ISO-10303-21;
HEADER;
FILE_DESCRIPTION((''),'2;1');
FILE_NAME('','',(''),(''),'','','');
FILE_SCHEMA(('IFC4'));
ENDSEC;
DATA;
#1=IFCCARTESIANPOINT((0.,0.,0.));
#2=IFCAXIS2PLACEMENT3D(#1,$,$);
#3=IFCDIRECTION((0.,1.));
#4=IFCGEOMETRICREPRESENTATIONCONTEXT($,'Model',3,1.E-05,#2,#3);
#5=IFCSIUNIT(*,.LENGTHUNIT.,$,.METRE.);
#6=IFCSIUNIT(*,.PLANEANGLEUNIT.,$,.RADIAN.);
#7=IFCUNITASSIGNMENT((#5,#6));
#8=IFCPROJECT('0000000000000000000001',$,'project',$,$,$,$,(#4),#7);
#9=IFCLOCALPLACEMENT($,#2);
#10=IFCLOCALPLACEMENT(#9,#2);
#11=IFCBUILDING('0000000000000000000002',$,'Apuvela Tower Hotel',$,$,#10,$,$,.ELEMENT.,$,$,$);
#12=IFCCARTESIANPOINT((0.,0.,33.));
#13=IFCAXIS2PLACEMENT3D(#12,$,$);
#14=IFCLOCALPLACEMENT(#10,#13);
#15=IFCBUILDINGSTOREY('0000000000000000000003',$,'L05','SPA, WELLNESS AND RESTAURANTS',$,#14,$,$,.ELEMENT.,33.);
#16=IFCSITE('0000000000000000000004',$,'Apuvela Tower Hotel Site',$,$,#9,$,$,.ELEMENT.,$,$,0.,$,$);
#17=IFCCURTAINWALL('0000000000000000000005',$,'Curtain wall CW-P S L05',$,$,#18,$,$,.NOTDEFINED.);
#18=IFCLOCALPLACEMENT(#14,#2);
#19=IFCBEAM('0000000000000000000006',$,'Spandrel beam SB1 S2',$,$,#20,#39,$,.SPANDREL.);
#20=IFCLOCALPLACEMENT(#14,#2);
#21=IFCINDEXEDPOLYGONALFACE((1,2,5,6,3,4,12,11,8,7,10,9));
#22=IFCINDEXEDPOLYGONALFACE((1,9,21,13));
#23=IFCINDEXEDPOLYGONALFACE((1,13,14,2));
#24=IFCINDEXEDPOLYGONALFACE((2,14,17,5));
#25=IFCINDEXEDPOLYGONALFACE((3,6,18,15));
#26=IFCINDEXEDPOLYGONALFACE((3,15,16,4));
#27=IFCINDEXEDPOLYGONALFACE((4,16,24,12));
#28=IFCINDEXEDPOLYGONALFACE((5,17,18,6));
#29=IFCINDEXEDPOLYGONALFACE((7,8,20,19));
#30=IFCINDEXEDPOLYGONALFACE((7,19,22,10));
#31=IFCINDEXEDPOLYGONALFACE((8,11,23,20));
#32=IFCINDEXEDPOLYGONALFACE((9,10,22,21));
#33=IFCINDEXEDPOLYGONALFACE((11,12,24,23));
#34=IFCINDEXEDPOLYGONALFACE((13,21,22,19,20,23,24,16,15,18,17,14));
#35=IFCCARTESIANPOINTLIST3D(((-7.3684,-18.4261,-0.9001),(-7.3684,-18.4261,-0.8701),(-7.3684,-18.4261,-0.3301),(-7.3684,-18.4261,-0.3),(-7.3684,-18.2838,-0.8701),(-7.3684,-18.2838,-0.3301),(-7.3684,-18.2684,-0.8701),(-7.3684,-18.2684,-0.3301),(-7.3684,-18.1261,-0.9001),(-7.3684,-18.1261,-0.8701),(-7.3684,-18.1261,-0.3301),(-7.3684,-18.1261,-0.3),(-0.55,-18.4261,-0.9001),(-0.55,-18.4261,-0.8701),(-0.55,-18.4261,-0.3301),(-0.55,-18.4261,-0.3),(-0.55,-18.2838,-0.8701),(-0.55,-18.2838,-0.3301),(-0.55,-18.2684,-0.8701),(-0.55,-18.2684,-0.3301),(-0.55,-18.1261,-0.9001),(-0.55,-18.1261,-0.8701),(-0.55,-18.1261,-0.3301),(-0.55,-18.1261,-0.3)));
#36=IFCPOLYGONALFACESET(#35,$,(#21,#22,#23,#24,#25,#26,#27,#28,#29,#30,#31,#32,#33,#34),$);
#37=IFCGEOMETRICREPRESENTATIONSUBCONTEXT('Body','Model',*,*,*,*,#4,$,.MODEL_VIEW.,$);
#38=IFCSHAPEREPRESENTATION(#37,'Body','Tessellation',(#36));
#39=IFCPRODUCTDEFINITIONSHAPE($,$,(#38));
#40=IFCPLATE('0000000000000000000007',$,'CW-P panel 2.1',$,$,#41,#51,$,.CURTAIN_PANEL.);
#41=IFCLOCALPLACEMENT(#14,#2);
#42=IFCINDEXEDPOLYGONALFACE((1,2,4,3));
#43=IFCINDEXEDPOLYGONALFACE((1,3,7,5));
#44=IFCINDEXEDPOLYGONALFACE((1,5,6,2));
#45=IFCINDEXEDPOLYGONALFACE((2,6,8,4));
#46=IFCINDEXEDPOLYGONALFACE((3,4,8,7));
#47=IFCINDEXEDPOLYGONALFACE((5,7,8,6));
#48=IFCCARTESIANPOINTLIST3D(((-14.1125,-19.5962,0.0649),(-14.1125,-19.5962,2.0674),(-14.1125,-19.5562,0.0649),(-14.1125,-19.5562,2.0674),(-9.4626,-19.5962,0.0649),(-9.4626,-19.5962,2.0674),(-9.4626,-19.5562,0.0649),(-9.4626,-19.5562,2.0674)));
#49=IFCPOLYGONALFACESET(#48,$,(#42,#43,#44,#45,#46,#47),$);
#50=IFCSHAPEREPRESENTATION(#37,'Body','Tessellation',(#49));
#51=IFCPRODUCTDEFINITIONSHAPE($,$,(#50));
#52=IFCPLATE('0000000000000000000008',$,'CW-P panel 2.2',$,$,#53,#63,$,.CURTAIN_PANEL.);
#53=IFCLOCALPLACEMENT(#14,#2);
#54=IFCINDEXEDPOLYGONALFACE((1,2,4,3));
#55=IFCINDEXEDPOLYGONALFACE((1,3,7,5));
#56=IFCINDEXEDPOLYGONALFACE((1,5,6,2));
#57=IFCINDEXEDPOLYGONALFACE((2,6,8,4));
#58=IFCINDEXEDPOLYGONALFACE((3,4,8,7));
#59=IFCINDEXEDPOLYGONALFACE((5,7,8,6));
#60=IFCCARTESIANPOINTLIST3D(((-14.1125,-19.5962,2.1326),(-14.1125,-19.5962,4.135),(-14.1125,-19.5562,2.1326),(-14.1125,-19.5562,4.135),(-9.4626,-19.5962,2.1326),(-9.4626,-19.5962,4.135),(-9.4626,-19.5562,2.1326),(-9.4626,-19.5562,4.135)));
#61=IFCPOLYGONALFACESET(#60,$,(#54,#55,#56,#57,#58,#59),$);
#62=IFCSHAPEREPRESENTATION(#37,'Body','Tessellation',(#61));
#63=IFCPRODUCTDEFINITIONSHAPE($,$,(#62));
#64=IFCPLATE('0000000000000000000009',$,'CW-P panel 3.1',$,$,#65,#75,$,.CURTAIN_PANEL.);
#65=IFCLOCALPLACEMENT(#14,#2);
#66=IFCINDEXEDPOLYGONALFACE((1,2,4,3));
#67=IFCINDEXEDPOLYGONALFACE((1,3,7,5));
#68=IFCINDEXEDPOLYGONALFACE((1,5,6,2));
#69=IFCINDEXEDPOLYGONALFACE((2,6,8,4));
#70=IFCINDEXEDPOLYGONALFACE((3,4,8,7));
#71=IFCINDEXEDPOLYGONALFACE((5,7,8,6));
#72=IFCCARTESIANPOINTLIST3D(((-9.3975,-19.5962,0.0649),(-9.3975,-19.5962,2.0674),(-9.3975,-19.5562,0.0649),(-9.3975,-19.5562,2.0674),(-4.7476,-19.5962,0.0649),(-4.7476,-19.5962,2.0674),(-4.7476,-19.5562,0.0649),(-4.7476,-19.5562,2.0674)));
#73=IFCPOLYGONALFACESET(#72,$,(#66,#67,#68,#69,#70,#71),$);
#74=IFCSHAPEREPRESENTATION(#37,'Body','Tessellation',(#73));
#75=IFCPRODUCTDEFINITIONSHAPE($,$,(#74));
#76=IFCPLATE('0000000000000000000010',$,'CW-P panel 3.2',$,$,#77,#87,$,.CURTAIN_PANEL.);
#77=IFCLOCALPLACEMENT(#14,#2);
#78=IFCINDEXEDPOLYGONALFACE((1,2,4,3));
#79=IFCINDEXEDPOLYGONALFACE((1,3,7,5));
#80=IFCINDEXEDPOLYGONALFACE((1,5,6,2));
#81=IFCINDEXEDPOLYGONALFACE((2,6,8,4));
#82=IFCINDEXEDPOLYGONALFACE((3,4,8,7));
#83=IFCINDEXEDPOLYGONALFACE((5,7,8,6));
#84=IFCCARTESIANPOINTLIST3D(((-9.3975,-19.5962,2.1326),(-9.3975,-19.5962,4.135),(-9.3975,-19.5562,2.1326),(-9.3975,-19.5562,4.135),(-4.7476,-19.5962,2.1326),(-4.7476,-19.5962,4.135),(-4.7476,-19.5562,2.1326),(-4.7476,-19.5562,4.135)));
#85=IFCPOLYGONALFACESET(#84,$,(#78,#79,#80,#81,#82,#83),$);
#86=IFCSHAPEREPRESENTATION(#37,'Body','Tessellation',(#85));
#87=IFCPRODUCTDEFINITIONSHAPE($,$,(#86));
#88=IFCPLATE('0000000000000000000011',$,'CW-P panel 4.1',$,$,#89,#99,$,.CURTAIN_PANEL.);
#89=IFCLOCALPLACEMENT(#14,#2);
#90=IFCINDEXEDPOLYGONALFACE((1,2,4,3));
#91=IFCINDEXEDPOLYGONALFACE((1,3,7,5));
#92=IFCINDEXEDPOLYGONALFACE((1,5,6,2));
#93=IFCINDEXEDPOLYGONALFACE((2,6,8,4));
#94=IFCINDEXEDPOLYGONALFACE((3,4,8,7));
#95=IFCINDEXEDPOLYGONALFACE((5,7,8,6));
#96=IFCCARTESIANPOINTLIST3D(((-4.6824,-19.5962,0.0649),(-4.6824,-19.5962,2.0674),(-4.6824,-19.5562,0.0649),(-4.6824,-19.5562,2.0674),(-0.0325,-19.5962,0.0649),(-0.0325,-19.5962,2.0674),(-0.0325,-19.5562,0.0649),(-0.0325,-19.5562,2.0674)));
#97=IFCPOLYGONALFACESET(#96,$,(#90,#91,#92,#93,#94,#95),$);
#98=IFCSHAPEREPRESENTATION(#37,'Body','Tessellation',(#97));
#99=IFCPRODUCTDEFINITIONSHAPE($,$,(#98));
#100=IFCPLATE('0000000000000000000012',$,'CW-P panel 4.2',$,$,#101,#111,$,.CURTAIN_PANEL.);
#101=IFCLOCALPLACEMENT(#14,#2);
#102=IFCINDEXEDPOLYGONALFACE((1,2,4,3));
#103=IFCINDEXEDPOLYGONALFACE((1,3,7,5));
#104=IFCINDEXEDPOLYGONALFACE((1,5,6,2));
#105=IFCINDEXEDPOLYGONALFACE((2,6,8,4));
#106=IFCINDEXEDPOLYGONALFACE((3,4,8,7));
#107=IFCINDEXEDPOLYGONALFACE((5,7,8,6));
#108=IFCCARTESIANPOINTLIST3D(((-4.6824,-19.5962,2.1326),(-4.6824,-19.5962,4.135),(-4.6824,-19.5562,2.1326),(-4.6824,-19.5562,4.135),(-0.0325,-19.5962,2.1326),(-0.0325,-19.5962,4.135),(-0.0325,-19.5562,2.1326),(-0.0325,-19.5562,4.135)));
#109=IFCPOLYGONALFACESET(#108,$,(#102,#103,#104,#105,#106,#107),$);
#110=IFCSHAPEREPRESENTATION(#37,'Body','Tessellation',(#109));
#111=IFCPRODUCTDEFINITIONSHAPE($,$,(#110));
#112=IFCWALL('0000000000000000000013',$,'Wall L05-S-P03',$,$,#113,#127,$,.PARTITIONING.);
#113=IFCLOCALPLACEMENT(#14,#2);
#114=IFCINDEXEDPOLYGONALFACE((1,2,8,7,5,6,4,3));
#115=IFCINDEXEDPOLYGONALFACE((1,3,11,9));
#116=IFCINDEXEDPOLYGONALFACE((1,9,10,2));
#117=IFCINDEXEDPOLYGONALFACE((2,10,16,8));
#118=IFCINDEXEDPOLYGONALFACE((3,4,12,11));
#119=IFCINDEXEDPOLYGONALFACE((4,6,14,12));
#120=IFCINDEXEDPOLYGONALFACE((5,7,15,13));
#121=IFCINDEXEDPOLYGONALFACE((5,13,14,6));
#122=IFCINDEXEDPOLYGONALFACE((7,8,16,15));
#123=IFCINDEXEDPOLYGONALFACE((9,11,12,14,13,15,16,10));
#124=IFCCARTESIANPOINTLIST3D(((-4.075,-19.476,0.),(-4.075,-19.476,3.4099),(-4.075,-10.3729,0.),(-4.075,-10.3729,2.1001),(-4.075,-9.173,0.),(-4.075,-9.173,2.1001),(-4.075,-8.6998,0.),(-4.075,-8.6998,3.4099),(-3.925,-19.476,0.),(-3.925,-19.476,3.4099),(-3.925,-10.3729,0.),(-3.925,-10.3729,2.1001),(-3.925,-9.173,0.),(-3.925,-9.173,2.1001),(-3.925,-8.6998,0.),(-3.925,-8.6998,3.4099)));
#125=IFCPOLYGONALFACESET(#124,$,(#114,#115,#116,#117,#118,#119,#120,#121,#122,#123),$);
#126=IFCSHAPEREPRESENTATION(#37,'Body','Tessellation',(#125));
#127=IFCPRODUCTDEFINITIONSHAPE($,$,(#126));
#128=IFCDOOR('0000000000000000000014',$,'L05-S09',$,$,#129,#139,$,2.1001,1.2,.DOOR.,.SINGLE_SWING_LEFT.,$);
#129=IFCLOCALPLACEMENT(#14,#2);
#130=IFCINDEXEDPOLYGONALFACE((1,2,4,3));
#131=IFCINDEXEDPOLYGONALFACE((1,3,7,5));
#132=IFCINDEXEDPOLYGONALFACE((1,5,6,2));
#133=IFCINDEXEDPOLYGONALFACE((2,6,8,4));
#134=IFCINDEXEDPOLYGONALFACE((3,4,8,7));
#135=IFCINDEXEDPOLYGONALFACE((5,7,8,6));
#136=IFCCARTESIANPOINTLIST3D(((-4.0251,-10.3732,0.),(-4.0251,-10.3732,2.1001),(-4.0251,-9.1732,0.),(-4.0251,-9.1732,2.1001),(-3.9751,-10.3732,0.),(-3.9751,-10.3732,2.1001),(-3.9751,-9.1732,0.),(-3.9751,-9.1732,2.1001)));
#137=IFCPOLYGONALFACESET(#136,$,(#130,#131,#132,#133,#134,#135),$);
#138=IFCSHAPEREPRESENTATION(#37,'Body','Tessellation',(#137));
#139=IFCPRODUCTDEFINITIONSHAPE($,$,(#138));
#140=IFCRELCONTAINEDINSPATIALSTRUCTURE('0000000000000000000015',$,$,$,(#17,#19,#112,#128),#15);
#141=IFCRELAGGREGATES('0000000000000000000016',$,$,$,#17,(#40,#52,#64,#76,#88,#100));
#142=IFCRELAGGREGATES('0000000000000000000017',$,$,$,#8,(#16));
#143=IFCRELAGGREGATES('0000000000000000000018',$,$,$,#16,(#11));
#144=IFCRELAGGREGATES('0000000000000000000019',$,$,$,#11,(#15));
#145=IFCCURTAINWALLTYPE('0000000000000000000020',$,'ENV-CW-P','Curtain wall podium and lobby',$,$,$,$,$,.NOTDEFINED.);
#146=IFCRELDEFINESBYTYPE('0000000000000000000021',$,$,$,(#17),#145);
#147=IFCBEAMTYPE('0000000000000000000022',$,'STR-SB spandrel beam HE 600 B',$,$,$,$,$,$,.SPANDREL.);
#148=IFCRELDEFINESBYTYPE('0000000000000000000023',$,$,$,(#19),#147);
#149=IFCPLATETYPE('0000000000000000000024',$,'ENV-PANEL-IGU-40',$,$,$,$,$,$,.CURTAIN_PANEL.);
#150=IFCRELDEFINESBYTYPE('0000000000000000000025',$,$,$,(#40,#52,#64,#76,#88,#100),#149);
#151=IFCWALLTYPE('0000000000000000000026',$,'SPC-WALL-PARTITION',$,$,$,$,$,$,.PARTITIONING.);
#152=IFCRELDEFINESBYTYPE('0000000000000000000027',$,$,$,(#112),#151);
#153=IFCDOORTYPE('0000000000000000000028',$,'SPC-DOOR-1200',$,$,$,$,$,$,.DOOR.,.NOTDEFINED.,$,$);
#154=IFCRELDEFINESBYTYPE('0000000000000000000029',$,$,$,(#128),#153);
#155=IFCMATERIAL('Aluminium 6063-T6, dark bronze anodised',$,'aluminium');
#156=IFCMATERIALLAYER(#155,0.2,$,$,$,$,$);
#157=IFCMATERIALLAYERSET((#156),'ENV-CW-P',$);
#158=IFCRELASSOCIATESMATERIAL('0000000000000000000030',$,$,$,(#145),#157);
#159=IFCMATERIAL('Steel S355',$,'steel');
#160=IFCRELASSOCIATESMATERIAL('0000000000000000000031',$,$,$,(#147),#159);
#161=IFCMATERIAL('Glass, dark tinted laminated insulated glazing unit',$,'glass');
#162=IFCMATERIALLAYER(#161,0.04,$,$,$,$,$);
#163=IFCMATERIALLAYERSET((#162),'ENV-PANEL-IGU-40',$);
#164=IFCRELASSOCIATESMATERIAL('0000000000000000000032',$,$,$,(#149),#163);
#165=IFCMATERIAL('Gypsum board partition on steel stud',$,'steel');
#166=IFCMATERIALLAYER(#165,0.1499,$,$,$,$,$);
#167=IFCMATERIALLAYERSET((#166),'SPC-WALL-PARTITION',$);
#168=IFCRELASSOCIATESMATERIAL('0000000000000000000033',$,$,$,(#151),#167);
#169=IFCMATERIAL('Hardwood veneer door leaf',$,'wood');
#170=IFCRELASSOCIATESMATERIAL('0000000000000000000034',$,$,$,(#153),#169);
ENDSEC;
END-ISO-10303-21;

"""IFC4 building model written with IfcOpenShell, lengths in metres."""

from ifc_helpers import new_model, si_unit, direction, frame, frame_2d, origin, origin_2d, place, context, subcontext, project, spatial, rectangle, i_section, extrude, material, layer, layer_set, material_profile, profile_set, type_object, element, fill, aggregate, save


model = new_model("IFC4")

# Units and contexts
model_context = context("Model", 3, precision=1e-05, world=origin(), true_north=direction((0.0, 1.0)))
body_context = subcontext(model_context, "Body", "Model", "MODEL_VIEW")
ifc_project = project(units=[si_unit("LENGTHUNIT", "METRE"), si_unit("PLANEANGLEUNIT", "RADIAN")], contexts=[model_context])

# Site, building, storey
site_placement = place(None, origin())
site = spatial("IfcSite", under=ifc_project, at=site_placement, Name="Apuvela Tower Hotel Site", CompositionType="ELEMENT", RefElevation=0.0)
building_placement = place(site_placement, origin())
building = spatial("IfcBuilding", under=site, at=building_placement, Name="Apuvela Tower Hotel", CompositionType="ELEMENT")
storey_placement = place(building_placement, frame((0.0, 0.0, 33.0)))
storey = spatial("IfcBuildingStorey", under=building, at=storey_placement, Name="L05", Description="SPA, WELLNESS AND RESTAURANTS", CompositionType="ELEMENT", Elevation=33.0)

# Curtain wall
ifc_material_1 = material(Name="Aluminium 6063-T6, dark bronze anodised", Category="aluminium")
ifc_layer_1 = layer(ifc_material_1, 0.2)
ifc_layer_set_1 = layer_set([ifc_layer_1], Name="ENV-CW-P")
curtain_wall_type = type_object("IfcCurtainWallType", Name="ENV-CW-P", Description="Curtain wall podium and lobby", PredefinedType="NOTDEFINED", material=ifc_layer_set_1)
curtain_wall_placement = place(storey_placement, origin())
curtain_wall = element("IfcCurtainWall", 1, at=curtain_wall_placement, inside=storey, type_object=curtain_wall_type, Name="Curtain wall CW-P S L05", PredefinedType="NOTDEFINED")

# Beam
ifc_material_2 = material(Name="Steel S355", Category="steel")
ifc_material_profile_1 = material_profile(ifc_material_2, i_section(OverallWidth=0.3, OverallDepth=0.6001, WebThickness=0.0154, FlangeThickness=0.03, at=origin_2d()), Name="HE 600 B")
ifc_profile_set_1 = profile_set([ifc_material_profile_1], Name="Steel S355")
beam_type = type_object("IfcBeamType", Name="STR-SB spandrel beam HE 600 B", PredefinedType="SPANDREL", material=ifc_profile_set_1)
beam_placement = place(storey_placement, frame((-7.3684, -18.2761, -0.6001), z_axis=(1.0, 0.0, 0.0), x_axis=(0.0, 1.0, 0.0)))
element("IfcBeam", 2, at=beam_placement, inside=storey, type_object=beam_type, Name="Spandrel beam SB1 S2", PredefinedType="SPANDREL", context=body_context, shape_type="SweptSolid", body=[
    extrude(i_section(OverallWidth=0.3, OverallDepth=0.6001, WebThickness=0.0154, FlangeThickness=0.03, at=origin_2d()), origin(), (0.0, 0.0, 1.0), 6.8184),
])

# Plates
ifc_material_3 = material(Name="Glass, dark tinted laminated insulated glazing unit", Category="glass")
ifc_layer_2 = layer(ifc_material_3, 0.04)
ifc_layer_set_2 = layer_set([ifc_layer_2], Name="ENV-PANEL-IGU-40")
plate_type = type_object("IfcPlateType", Name="ENV-PANEL-IGU-40", PredefinedType="CURTAIN_PANEL", material=ifc_layer_set_2)
plate_1_placement = place(storey_placement, frame((-11.7876, -19.5762, 0.0649), z_axis=(0.0, 0.0, 1.0), x_axis=(1.0, 0.0, 0.0)))
plate_1 = element("IfcPlate", 3, at=plate_1_placement, type_object=plate_type, Name="CW-P panel 2.1", PredefinedType="CURTAIN_PANEL", context=body_context, shape_type="SweptSolid", body=[
    extrude(rectangle(XDim=4.6499, YDim=0.04, at=origin_2d()), origin(), (0.0, 0.0, 1.0), 2.0024),
])
plate_2_placement = place(storey_placement, frame((-11.7876, -19.5762, 2.1326), z_axis=(0.0, 0.0, 1.0), x_axis=(1.0, 0.0, 0.0)))
plate_2 = element("IfcPlate", 4, at=plate_2_placement, type_object=plate_type, Name="CW-P panel 2.2", PredefinedType="CURTAIN_PANEL", context=body_context, shape_type="SweptSolid", body=[
    extrude(rectangle(XDim=4.6499, YDim=0.04, at=origin_2d()), origin(), (0.0, 0.0, 1.0), 2.0024),
])
plate_3_placement = place(storey_placement, frame((-7.0725, -19.5762, 0.0649), z_axis=(0.0, 0.0, 1.0), x_axis=(1.0, 0.0, 0.0)))
plate_3 = element("IfcPlate", 5, at=plate_3_placement, type_object=plate_type, Name="CW-P panel 3.1", PredefinedType="CURTAIN_PANEL", context=body_context, shape_type="SweptSolid", body=[
    extrude(rectangle(XDim=4.6499, YDim=0.04, at=origin_2d()), origin(), (0.0, 0.0, 1.0), 2.0024),
])
plate_4_placement = place(storey_placement, frame((-7.0725, -19.5762, 2.1326), z_axis=(0.0, 0.0, 1.0), x_axis=(1.0, 0.0, 0.0)))
plate_4 = element("IfcPlate", 6, at=plate_4_placement, type_object=plate_type, Name="CW-P panel 3.2", PredefinedType="CURTAIN_PANEL", context=body_context, shape_type="SweptSolid", body=[
    extrude(rectangle(XDim=4.6499, YDim=0.04, at=origin_2d()), origin(), (0.0, 0.0, 1.0), 2.0024),
])
plate_5_placement = place(storey_placement, frame((-2.3574, -19.5762, 0.0649), z_axis=(0.0, 0.0, 1.0), x_axis=(1.0, 0.0, 0.0)))
plate_5 = element("IfcPlate", 7, at=plate_5_placement, type_object=plate_type, Name="CW-P panel 4.1", PredefinedType="CURTAIN_PANEL", context=body_context, shape_type="SweptSolid", body=[
    extrude(rectangle(XDim=4.6499, YDim=0.04, at=origin_2d()), origin(), (0.0, 0.0, 1.0), 2.0024),
])
plate_6_placement = place(storey_placement, frame((-2.3574, -19.5762, 2.1326), z_axis=(0.0, 0.0, 1.0), x_axis=(1.0, 0.0, 0.0)))
plate_6 = element("IfcPlate", 8, at=plate_6_placement, type_object=plate_type, Name="CW-P panel 4.2", PredefinedType="CURTAIN_PANEL", context=body_context, shape_type="SweptSolid", body=[
    extrude(rectangle(XDim=4.6499, YDim=0.04, at=origin_2d()), origin(), (0.0, 0.0, 1.0), 2.0024),
])
aggregate(curtain_wall, [plate_1, plate_2, plate_3, plate_4, plate_5, plate_6])

# Wall, opening, door
ifc_material_4 = material(Name="Gypsum board partition on steel stud", Category="steel")
ifc_layer_3 = layer(ifc_material_4, 0.1499)
ifc_layer_set_3 = layer_set([ifc_layer_3], Name="SPC-WALL-PARTITION")
wall_type = type_object("IfcWallType", Name="SPC-WALL-PARTITION", PredefinedType="PARTITIONING", material=ifc_layer_set_3)
wall_placement = place(storey_placement, frame((-4.0, -19.4761, 0.0), z_axis=(0.0, 0.0, 1.0), x_axis=(0.0, 1.0, 0.0)))
wall = element("IfcWall", 9, at=wall_placement, inside=storey, type_object=wall_type, Name="Wall L05-S-P03", PredefinedType="PARTITIONING", context=body_context, shape_type="SweptSolid", body=[
    extrude(rectangle(XDim=10.7761, YDim=0.1499, at=frame_2d((5.3882, 0.0))), origin(), (0.0, 0.0, 1.0), 3.4099),
])
opening_placement = place(wall_placement, frame((9.103, 0.0, 0.0)))
opening = element("IfcOpeningElement", 10, at=opening_placement, cuts=wall, PredefinedType="OPENING", context=body_context, shape_type="SweptSolid", body=[
    extrude(rectangle(XDim=1.2, YDim=2.1001, at=frame_2d((0.6001, 1.05))), frame((0.0, 0.085, 0.0), z_axis=(0.0, -1.0, 0.0), x_axis=(1.0, 0.0, 0.0)), (0.0, 0.0, 1.0), 0.1699),
])
ifc_material_5 = material(Name="Hardwood veneer door leaf", Category="wood")
door_type = type_object("IfcDoorType", Name="SPC-DOOR-1200", OperationType="NOTDEFINED", PredefinedType="DOOR", material=ifc_material_5)
door_placement = place(opening_placement, frame((1.2, 0.0, 0.0), z_axis=(0.0, 0.0, 1.0), x_axis=(-1.0, 0.0, 0.0)))
door = element("IfcDoor", 11, at=door_placement, inside=storey, type_object=door_type, Name="L05-S09", OperationType="SINGLE_SWING_LEFT", OverallHeight=2.1001, OverallWidth=1.2, PredefinedType="DOOR", context=body_context, shape_type="SweptSolid", body=[
    extrude(rectangle(XDim=1.2, YDim=2.1001, at=frame_2d((0.6001, 1.05))), frame((0.0, 0.0249, 0.0), z_axis=(0.0, -1.0, 0.0), x_axis=(1.0, 0.0, 0.0)), (0.0, 0.0, 1.0), 0.05),
])
fill(opening, door)

save(model, "model.ifc")
